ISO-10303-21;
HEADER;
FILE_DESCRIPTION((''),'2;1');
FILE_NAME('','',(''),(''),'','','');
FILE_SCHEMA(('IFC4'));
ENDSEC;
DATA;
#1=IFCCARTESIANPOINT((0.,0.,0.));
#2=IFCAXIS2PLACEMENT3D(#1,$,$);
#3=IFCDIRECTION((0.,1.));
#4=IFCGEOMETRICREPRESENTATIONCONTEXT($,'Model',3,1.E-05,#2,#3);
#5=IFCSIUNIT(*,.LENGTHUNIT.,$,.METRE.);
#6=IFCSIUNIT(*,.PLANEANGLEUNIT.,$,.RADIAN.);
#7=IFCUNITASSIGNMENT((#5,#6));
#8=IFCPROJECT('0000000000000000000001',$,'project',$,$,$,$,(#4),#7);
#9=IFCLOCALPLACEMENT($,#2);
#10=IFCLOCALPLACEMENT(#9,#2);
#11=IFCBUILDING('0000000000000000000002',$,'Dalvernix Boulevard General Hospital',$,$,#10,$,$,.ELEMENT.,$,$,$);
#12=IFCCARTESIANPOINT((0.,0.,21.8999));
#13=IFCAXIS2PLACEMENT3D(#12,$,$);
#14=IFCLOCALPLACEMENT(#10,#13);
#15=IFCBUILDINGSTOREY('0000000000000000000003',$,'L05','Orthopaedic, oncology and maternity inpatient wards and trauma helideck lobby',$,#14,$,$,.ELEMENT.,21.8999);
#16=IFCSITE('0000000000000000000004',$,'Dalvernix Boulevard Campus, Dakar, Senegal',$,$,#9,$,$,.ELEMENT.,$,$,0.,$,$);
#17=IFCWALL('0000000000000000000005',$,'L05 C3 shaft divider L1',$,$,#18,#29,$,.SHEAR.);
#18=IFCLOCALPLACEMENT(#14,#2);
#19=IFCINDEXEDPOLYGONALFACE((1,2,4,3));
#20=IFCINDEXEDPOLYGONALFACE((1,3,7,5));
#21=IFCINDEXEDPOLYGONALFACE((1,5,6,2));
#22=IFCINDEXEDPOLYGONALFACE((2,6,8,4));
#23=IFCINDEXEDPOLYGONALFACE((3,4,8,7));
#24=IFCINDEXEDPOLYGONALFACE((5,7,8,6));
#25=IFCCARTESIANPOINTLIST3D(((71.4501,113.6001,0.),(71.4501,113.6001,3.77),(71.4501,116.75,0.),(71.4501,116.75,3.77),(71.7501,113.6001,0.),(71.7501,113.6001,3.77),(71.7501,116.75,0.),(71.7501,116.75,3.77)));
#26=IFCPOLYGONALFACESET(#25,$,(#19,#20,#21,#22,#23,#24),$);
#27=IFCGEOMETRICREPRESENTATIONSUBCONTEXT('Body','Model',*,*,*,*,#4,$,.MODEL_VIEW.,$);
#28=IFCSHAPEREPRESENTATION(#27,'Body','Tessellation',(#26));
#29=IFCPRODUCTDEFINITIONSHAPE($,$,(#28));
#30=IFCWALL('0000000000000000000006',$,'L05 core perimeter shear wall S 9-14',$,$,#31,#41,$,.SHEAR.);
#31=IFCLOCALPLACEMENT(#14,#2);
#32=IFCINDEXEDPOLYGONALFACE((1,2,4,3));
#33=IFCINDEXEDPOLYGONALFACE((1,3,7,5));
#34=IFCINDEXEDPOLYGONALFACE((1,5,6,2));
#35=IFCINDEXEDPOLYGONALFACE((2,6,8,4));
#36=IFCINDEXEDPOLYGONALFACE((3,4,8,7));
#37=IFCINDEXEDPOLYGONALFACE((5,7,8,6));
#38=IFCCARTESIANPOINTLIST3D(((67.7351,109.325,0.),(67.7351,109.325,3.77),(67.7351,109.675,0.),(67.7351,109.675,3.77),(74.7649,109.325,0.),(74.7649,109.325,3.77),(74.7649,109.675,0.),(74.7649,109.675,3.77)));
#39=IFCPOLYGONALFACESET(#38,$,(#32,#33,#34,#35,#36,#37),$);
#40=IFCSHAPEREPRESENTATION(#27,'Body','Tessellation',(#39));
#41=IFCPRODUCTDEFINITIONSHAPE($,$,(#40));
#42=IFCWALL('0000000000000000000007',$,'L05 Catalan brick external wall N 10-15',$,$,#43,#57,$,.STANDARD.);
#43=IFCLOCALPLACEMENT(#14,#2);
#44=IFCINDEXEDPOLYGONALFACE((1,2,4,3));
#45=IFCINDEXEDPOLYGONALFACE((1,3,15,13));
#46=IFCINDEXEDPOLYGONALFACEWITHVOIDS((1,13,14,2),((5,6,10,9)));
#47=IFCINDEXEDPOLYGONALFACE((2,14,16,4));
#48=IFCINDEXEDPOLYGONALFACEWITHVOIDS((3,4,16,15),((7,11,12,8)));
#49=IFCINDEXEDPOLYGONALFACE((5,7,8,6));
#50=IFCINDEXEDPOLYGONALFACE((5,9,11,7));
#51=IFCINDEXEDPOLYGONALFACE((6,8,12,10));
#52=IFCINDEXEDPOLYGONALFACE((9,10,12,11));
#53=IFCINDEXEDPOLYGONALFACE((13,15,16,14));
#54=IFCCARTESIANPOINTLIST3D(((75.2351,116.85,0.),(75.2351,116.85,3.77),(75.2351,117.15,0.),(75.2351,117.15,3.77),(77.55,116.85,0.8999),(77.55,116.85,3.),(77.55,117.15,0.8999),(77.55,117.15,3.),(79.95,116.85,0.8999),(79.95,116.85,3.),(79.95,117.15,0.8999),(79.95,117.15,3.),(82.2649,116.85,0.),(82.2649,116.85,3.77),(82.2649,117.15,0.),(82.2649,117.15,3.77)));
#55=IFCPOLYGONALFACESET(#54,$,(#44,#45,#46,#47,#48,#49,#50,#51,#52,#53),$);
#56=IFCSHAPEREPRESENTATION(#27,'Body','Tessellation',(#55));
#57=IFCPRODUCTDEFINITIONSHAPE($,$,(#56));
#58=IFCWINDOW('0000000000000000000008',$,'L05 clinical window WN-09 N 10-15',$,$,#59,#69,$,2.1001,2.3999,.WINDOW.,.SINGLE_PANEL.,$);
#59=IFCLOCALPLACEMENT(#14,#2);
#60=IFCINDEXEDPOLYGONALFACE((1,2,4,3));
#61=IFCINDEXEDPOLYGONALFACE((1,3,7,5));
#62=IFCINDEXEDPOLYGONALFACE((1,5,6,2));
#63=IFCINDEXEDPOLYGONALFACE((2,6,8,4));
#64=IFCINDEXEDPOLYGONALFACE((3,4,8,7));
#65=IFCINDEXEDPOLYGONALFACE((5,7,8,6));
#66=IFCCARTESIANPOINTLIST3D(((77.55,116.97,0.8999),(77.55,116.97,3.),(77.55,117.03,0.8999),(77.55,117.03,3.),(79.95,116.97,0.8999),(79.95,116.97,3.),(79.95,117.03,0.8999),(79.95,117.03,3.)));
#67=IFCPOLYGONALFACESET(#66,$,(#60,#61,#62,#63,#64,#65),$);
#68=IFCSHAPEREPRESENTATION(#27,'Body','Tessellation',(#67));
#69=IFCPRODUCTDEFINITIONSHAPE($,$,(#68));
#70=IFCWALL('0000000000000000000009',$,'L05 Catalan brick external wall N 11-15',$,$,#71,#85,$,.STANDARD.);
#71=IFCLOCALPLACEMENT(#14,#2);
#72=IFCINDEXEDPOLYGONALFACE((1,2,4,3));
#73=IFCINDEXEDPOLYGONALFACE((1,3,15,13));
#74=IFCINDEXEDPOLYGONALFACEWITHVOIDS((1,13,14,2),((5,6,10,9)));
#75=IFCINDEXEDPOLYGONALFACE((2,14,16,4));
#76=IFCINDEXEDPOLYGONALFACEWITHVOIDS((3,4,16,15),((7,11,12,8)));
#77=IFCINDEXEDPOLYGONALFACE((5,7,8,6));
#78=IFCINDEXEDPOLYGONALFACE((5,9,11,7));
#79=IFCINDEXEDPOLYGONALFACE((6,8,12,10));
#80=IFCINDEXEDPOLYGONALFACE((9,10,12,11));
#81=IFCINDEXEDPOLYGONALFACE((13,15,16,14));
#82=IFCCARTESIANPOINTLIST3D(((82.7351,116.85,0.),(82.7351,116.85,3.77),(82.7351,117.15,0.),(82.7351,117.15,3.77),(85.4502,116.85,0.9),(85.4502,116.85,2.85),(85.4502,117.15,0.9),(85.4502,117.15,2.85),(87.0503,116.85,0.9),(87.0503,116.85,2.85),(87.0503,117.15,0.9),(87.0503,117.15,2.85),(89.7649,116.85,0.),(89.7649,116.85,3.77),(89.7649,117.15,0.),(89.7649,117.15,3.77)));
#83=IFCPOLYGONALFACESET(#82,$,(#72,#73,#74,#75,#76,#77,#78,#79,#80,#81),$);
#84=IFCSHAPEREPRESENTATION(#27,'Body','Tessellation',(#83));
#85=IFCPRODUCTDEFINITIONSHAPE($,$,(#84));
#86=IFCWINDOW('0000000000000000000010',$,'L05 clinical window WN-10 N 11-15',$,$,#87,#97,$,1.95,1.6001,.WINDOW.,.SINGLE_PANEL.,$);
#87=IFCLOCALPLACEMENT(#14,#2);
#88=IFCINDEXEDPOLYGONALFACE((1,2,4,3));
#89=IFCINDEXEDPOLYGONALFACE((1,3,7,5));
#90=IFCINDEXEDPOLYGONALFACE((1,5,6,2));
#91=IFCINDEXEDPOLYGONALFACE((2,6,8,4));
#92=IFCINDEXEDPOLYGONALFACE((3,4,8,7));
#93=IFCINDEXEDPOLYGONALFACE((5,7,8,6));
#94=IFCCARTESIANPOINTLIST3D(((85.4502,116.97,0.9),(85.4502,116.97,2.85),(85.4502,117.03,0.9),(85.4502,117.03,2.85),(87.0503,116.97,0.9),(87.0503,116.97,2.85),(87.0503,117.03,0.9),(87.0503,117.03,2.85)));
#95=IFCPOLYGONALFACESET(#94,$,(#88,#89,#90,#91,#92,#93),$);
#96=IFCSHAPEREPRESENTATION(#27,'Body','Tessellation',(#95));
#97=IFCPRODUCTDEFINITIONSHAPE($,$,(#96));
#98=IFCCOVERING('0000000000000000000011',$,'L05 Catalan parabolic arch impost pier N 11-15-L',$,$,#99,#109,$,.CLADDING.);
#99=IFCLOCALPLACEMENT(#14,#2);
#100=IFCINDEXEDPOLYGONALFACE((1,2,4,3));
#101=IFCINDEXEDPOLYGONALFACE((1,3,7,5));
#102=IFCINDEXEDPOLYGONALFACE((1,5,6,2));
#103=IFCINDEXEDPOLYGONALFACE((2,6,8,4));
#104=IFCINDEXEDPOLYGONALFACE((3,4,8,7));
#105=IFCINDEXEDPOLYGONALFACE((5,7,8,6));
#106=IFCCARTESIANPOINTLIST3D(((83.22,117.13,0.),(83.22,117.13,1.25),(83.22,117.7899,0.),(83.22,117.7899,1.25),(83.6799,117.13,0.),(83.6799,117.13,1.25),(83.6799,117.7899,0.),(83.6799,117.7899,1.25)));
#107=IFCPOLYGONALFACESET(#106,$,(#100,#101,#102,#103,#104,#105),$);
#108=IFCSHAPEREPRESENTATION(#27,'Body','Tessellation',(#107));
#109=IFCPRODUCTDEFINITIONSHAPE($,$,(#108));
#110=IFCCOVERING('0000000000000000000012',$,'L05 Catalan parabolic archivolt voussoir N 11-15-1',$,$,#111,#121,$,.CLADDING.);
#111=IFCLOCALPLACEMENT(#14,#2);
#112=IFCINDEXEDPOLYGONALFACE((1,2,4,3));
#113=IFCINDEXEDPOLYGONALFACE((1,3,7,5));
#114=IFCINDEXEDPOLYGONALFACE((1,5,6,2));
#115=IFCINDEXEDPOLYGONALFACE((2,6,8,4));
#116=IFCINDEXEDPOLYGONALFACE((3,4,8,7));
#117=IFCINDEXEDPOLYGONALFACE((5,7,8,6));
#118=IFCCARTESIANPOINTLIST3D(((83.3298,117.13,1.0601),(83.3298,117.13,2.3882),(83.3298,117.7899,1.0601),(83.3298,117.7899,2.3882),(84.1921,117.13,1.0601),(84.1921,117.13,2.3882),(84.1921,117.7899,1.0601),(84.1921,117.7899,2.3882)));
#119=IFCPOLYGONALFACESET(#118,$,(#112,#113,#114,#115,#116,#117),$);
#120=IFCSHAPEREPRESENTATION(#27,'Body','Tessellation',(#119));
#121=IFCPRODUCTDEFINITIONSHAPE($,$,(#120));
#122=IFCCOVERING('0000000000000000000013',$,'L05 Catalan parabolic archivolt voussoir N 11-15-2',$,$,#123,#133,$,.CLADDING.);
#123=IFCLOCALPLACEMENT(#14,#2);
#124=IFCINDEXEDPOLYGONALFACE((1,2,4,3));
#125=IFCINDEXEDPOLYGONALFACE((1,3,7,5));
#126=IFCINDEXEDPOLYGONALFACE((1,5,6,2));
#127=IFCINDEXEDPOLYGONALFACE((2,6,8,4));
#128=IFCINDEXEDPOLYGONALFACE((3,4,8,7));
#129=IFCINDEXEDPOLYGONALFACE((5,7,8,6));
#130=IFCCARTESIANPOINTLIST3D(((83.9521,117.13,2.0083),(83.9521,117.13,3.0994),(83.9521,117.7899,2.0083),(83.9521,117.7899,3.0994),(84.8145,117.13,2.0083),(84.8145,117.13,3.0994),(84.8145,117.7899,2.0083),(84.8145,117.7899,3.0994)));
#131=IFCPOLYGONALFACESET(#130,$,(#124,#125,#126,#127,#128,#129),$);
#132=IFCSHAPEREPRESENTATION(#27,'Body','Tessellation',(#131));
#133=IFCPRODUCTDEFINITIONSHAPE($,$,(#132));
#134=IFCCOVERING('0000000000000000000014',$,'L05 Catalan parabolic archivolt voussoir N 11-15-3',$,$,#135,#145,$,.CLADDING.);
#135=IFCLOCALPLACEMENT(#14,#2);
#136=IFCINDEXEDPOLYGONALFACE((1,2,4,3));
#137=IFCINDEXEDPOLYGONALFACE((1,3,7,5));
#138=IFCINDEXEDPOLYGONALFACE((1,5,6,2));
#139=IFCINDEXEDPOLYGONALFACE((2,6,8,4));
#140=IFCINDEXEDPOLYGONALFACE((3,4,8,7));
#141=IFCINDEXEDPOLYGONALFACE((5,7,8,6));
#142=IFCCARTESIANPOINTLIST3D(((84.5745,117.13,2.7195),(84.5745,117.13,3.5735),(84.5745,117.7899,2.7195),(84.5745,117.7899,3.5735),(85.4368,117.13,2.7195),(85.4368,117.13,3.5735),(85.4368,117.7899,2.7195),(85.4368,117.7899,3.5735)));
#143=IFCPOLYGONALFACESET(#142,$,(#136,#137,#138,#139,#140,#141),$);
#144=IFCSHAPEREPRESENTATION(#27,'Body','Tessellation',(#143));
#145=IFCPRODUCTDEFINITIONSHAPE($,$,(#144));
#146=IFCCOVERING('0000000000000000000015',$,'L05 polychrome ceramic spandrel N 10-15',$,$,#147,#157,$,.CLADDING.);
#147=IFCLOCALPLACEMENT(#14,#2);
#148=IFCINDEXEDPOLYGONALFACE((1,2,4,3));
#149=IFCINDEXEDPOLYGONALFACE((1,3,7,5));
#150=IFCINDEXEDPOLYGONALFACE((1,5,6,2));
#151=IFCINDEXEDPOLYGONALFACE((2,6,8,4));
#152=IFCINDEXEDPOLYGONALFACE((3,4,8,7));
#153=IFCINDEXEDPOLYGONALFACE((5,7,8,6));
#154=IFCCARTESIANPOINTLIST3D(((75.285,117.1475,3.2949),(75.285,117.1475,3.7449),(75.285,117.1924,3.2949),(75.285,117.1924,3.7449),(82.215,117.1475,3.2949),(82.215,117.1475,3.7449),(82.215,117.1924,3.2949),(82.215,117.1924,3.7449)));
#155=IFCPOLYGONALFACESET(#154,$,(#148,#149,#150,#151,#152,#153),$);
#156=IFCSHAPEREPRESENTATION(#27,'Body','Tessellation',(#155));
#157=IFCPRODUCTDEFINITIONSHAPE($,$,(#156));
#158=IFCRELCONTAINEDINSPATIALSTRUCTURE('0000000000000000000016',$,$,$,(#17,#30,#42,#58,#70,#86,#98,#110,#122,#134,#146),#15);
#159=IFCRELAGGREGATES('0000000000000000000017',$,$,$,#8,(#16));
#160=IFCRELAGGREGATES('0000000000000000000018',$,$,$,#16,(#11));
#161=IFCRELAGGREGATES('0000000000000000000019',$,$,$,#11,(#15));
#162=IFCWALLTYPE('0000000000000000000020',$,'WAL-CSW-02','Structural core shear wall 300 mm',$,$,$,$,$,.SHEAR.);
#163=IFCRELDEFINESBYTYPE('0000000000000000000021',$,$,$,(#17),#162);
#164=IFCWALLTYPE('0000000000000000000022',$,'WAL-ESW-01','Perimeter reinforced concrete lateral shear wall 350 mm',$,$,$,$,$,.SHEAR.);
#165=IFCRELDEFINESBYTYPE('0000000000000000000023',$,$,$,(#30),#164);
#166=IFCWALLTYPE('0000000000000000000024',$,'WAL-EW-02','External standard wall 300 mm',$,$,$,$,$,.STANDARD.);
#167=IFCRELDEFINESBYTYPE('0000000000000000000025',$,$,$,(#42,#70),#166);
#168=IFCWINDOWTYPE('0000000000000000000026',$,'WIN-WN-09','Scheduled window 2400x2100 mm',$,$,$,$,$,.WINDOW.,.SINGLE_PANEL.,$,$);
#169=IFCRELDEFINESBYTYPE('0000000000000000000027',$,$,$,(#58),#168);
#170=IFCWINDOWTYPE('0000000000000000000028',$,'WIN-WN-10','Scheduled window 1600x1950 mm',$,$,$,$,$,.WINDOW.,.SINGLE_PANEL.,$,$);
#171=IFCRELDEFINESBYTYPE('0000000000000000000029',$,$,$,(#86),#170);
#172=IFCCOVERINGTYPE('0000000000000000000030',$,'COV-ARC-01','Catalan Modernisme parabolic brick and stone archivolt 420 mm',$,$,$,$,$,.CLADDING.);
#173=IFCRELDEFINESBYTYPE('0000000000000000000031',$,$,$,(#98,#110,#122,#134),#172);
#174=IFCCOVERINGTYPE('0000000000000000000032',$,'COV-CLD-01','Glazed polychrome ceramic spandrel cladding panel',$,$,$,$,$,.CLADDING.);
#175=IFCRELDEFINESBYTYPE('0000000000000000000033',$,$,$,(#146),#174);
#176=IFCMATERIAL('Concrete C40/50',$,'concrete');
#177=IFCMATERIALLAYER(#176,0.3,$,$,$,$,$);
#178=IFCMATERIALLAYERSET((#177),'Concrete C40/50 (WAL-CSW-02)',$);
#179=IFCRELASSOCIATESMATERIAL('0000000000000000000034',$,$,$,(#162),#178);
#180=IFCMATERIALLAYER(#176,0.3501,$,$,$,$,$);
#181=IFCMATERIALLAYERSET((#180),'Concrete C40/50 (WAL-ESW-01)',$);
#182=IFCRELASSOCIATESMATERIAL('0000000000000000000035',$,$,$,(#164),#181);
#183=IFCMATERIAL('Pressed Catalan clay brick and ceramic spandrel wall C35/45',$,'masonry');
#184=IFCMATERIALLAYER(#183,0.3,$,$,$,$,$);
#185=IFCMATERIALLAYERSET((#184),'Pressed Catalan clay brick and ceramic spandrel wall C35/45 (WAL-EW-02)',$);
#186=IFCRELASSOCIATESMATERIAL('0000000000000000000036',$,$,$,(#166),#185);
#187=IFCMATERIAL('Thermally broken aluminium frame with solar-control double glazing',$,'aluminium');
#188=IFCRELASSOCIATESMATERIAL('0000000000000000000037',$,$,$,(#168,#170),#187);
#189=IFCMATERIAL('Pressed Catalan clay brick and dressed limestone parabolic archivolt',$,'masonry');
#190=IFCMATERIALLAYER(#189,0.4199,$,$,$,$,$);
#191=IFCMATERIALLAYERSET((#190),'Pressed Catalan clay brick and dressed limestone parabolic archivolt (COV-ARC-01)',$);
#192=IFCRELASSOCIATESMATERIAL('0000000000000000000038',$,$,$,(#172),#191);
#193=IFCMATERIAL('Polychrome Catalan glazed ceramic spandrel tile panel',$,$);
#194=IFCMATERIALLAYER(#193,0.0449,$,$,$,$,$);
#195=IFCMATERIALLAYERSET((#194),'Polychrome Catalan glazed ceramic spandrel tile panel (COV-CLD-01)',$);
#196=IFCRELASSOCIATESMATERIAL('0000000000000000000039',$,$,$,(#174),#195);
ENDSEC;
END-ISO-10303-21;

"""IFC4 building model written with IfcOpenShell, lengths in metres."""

from ifc_helpers import new_model, si_unit, direction, frame, frame_2d, origin, origin_2d, place, context, subcontext, project, spatial, rectangle, extrude, material, layer, layer_set, type_object, element, fill, save


model = new_model("IFC4")

# Units and contexts
model_context = context("Model", 3, precision=1e-05, world=origin(), true_north=direction((0.0, 1.0)))
body_context = subcontext(model_context, "Body", "Model", "MODEL_VIEW")
ifc_project = project(units=[si_unit("LENGTHUNIT", "METRE"), si_unit("PLANEANGLEUNIT", "RADIAN")], contexts=[model_context])

# Site, building, storey
site_placement = place(None, origin())
site = spatial("IfcSite", under=ifc_project, at=site_placement, Name="Dalvernix Boulevard Campus, Dakar, Senegal", CompositionType="ELEMENT", RefElevation=0.0)
building_placement = place(site_placement, origin())
building = spatial("IfcBuilding", under=site, at=building_placement, Name="Dalvernix Boulevard General Hospital", CompositionType="ELEMENT")
storey_placement = place(building_placement, frame((0.0, 0.0, 21.8999)))
storey = spatial("IfcBuildingStorey", under=building, at=storey_placement, Name="L05", Description="Orthopaedic, oncology and maternity inpatient wards and trauma helideck lobby", CompositionType="ELEMENT", Elevation=21.8999)

# Shared definitions
ifc_material_1 = material(Name="Concrete C40/50", Category="concrete")

# Walls
ifc_layer_1 = layer(ifc_material_1, 0.3)
ifc_layer_set_1 = layer_set([ifc_layer_1], Name="Concrete C40/50 (WAL-CSW-02)")
wall_type_1 = type_object("IfcWallType", Name="WAL-CSW-02", Description="Structural core shear wall 300 mm", PredefinedType="SHEAR", material=ifc_layer_set_1)
wall_1_placement = place(storey_placement, frame((71.6001, 113.6001, 0.0), z_axis=(0.0, 0.0, 1.0), x_axis=(0.0, 1.0, 0.0)))
element("IfcWall", 1, at=wall_1_placement, inside=storey, type_object=wall_type_1, Name="L05 C3 shaft divider L1", PredefinedType="SHEAR", context=body_context, shape_type="SweptSolid", body=[
    extrude(rectangle(XDim=3.1499, YDim=0.3, at=frame_2d((1.575, 0.0))), origin(), (0.0, 0.0, 1.0), 3.77),
])
ifc_layer_2 = layer(ifc_material_1, 0.3501)
ifc_layer_set_2 = layer_set([ifc_layer_2], Name="Concrete C40/50 (WAL-ESW-01)")
wall_type_2 = type_object("IfcWallType", Name="WAL-ESW-01", Description="Perimeter reinforced concrete lateral shear wall 350 mm", PredefinedType="SHEAR", material=ifc_layer_set_2)
wall_2_placement = place(storey_placement, frame((74.7649, 109.5, 0.0), z_axis=(0.0, 0.0, 1.0), x_axis=(-1.0, 0.0, 0.0)))
element("IfcWall", 2, at=wall_2_placement, inside=storey, type_object=wall_type_2, Name="L05 core perimeter shear wall S 9-14", PredefinedType="SHEAR", context=body_context, shape_type="SweptSolid", body=[
    extrude(rectangle(XDim=7.0298, YDim=0.3501, at=frame_2d((3.5149, 0.0))), origin(), (0.0, 0.0, 1.0), 3.77),
])

# Shared definitions
ifc_material_2 = material(Name="Pressed Catalan clay brick and ceramic spandrel wall C35/45", Category="masonry")
ifc_layer_3 = layer(ifc_material_2, 0.3)
ifc_layer_set_3 = layer_set([ifc_layer_3], Name="Pressed Catalan clay brick and ceramic spandrel wall C35/45 (WAL-EW-02)")
wall_type_3 = type_object("IfcWallType", Name="WAL-EW-02", Description="External standard wall 300 mm", PredefinedType="STANDARD", material=ifc_layer_set_3)

# Walls, openings, windows
wall_3_placement = place(storey_placement, frame((75.2351, 117.0, 0.0), z_axis=(0.0, 0.0, 1.0), x_axis=(1.0, 0.0, 0.0)))
wall_3 = element("IfcWall", 3, at=wall_3_placement, inside=storey, type_object=wall_type_3, Name="L05 Catalan brick external wall N 10-15", PredefinedType="STANDARD", context=body_context, shape_type="SweptSolid", body=[
    extrude(rectangle(XDim=7.0298, YDim=0.3, at=frame_2d((3.5149, 0.0))), origin(), (0.0, 0.0, 1.0), 3.77),
])
opening_1_placement = place(wall_3_placement, frame((2.3149, 0.0, 0.8999)))
opening_1 = element("IfcOpeningElement", 4, at=opening_1_placement, cuts=wall_3, PredefinedType="OPENING", context=body_context, shape_type="SweptSolid", body=[
    extrude(rectangle(XDim=2.3999, YDim=2.1001, at=frame_2d((1.2, 1.05))), frame((0.0, 0.1599, 0.0), z_axis=(0.0, -1.0, 0.0), x_axis=(1.0, 0.0, 0.0)), (0.0, 0.0, 1.0), 0.3201),
])
ifc_material_3 = material(Name="Thermally broken aluminium frame with solar-control double glazing", Category="aluminium")
window_type_1 = type_object("IfcWindowType", Name="WIN-WN-09", Description="Scheduled window 2400x2100 mm", PartitioningType="SINGLE_PANEL", PredefinedType="WINDOW", material=ifc_material_3)
window_1_placement = place(opening_1_placement, origin())
window_1 = element("IfcWindow", 5, at=window_1_placement, inside=storey, type_object=window_type_1, Name="L05 clinical window WN-09 N 10-15", OverallHeight=2.1001, OverallWidth=2.3999, PartitioningType="SINGLE_PANEL", PredefinedType="WINDOW", context=body_context, shape_type="SweptSolid", body=[
    extrude(rectangle(XDim=2.3999, YDim=2.1001, at=frame_2d((1.2, 1.05))), frame((0.0, 0.03, 0.0), z_axis=(0.0, -1.0, 0.0), x_axis=(1.0, 0.0, 0.0)), (0.0, 0.0, 1.0), 0.0601),
])
fill(opening_1, window_1)
wall_4_placement = place(storey_placement, frame((82.7351, 117.0, 0.0), z_axis=(0.0, 0.0, 1.0), x_axis=(1.0, 0.0, 0.0)))
wall_4 = element("IfcWall", 6, at=wall_4_placement, inside=storey, type_object=wall_type_3, Name="L05 Catalan brick external wall N 11-15", PredefinedType="STANDARD", context=body_context, shape_type="SweptSolid", body=[
    extrude(rectangle(XDim=7.0298, YDim=0.3, at=frame_2d((3.5149, 0.0))), origin(), (0.0, 0.0, 1.0), 3.77),
])
opening_2_placement = place(wall_4_placement, frame((2.7151, 0.0, 0.8999)))
opening_2 = element("IfcOpeningElement", 7, at=opening_2_placement, cuts=wall_4, PredefinedType="OPENING", context=body_context, shape_type="SweptSolid", body=[
    extrude(rectangle(XDim=1.6001, YDim=1.95, at=frame_2d((0.8, 0.9751))), frame((0.0, 0.1599, 0.0), z_axis=(0.0, -1.0, 0.0), x_axis=(1.0, 0.0, 0.0)), (0.0, 0.0, 1.0), 0.3201),
])
window_type_2 = type_object("IfcWindowType", Name="WIN-WN-10", Description="Scheduled window 1600x1950 mm", PartitioningType="SINGLE_PANEL", PredefinedType="WINDOW", material=ifc_material_3)
window_2_placement = place(opening_2_placement, origin())
window_2 = element("IfcWindow", 8, at=window_2_placement, inside=storey, type_object=window_type_2, Name="L05 clinical window WN-10 N 11-15", OverallHeight=1.95, OverallWidth=1.6001, PartitioningType="SINGLE_PANEL", PredefinedType="WINDOW", context=body_context, shape_type="SweptSolid", body=[
    extrude(rectangle(XDim=1.6001, YDim=1.95, at=frame_2d((0.8, 0.9751))), frame((0.0, 0.03, 0.0), z_axis=(0.0, -1.0, 0.0), x_axis=(1.0, 0.0, 0.0)), (0.0, 0.0, 1.0), 0.0601),
])
fill(opening_2, window_2)

# Coverings
ifc_material_4 = material(Name="Pressed Catalan clay brick and dressed limestone parabolic archivolt", Category="masonry")
ifc_layer_4 = layer(ifc_material_4, 0.4199)
ifc_layer_set_4 = layer_set([ifc_layer_4], Name="Pressed Catalan clay brick and dressed limestone parabolic archivolt (COV-ARC-01)")
covering_type_1 = type_object("IfcCoveringType", Name="COV-ARC-01", Description="Catalan Modernisme parabolic brick and stone archivolt 420 mm", PredefinedType="CLADDING", material=ifc_layer_set_4)
covering_1_placement = place(storey_placement, frame((83.45, 117.46, 0.0), z_axis=(0.0, 0.0, 1.0), x_axis=(1.0, 0.0, 0.0)))
element("IfcCovering", 9, at=covering_1_placement, inside=storey, type_object=covering_type_1, Name="L05 Catalan parabolic arch impost pier N 11-15-L", PredefinedType="CLADDING", context=body_context, shape_type="SweptSolid", body=[
    extrude(rectangle(XDim=0.46, YDim=0.6599, at=origin_2d()), origin(), (0.0, 0.0, 1.0), 1.25),
])
covering_2_placement = place(storey_placement, frame((83.761, 117.46, 1.0601), z_axis=(0.0, 0.0, 1.0), x_axis=(1.0, 0.0, 0.0)))
element("IfcCovering", 10, at=covering_2_placement, inside=storey, type_object=covering_type_1, Name="L05 Catalan parabolic archivolt voussoir N 11-15-1", PredefinedType="CLADDING", context=body_context, shape_type="SweptSolid", body=[
    extrude(rectangle(XDim=0.8623, YDim=0.6599, at=origin_2d()), origin(), (0.0, 0.0, 1.0), 1.3281),
])
covering_3_placement = place(storey_placement, frame((84.3833, 117.46, 2.0083), z_axis=(0.0, 0.0, 1.0), x_axis=(1.0, 0.0, 0.0)))
element("IfcCovering", 11, at=covering_3_placement, inside=storey, type_object=covering_type_1, Name="L05 Catalan parabolic archivolt voussoir N 11-15-2", PredefinedType="CLADDING", context=body_context, shape_type="SweptSolid", body=[
    extrude(rectangle(XDim=0.8623, YDim=0.6599, at=origin_2d()), origin(), (0.0, 0.0, 1.0), 1.0911),
])
covering_4_placement = place(storey_placement, frame((85.0056, 117.46, 2.7195), z_axis=(0.0, 0.0, 1.0), x_axis=(1.0, 0.0, 0.0)))
element("IfcCovering", 12, at=covering_4_placement, inside=storey, type_object=covering_type_1, Name="L05 Catalan parabolic archivolt voussoir N 11-15-3", PredefinedType="CLADDING", context=body_context, shape_type="SweptSolid", body=[
    extrude(rectangle(XDim=0.8623, YDim=0.6599, at=origin_2d()), origin(), (0.0, 0.0, 1.0), 0.854),
])
ifc_material_5 = material(Name="Polychrome Catalan glazed ceramic spandrel tile panel")
ifc_layer_5 = layer(ifc_material_5, 0.0449)
ifc_layer_set_5 = layer_set([ifc_layer_5], Name="Polychrome Catalan glazed ceramic spandrel tile panel (COV-CLD-01)")
covering_type_2 = type_object("IfcCoveringType", Name="COV-CLD-01", Description="Glazed polychrome ceramic spandrel cladding panel", PredefinedType="CLADDING", material=ifc_layer_set_5)
covering_5_placement = place(storey_placement, frame((78.75, 117.1699, 3.2949), z_axis=(0.0, 0.0, 1.0), x_axis=(1.0, 0.0, 0.0)))
element("IfcCovering", 13, at=covering_5_placement, inside=storey, type_object=covering_type_2, Name="L05 polychrome ceramic spandrel N 10-15", PredefinedType="CLADDING", context=body_context, shape_type="SweptSolid", body=[
    extrude(rectangle(XDim=6.9299, YDim=0.0449, at=origin_2d()), origin(), (0.0, 0.0, 1.0), 0.45),
])

save(model, "model.ifc")
